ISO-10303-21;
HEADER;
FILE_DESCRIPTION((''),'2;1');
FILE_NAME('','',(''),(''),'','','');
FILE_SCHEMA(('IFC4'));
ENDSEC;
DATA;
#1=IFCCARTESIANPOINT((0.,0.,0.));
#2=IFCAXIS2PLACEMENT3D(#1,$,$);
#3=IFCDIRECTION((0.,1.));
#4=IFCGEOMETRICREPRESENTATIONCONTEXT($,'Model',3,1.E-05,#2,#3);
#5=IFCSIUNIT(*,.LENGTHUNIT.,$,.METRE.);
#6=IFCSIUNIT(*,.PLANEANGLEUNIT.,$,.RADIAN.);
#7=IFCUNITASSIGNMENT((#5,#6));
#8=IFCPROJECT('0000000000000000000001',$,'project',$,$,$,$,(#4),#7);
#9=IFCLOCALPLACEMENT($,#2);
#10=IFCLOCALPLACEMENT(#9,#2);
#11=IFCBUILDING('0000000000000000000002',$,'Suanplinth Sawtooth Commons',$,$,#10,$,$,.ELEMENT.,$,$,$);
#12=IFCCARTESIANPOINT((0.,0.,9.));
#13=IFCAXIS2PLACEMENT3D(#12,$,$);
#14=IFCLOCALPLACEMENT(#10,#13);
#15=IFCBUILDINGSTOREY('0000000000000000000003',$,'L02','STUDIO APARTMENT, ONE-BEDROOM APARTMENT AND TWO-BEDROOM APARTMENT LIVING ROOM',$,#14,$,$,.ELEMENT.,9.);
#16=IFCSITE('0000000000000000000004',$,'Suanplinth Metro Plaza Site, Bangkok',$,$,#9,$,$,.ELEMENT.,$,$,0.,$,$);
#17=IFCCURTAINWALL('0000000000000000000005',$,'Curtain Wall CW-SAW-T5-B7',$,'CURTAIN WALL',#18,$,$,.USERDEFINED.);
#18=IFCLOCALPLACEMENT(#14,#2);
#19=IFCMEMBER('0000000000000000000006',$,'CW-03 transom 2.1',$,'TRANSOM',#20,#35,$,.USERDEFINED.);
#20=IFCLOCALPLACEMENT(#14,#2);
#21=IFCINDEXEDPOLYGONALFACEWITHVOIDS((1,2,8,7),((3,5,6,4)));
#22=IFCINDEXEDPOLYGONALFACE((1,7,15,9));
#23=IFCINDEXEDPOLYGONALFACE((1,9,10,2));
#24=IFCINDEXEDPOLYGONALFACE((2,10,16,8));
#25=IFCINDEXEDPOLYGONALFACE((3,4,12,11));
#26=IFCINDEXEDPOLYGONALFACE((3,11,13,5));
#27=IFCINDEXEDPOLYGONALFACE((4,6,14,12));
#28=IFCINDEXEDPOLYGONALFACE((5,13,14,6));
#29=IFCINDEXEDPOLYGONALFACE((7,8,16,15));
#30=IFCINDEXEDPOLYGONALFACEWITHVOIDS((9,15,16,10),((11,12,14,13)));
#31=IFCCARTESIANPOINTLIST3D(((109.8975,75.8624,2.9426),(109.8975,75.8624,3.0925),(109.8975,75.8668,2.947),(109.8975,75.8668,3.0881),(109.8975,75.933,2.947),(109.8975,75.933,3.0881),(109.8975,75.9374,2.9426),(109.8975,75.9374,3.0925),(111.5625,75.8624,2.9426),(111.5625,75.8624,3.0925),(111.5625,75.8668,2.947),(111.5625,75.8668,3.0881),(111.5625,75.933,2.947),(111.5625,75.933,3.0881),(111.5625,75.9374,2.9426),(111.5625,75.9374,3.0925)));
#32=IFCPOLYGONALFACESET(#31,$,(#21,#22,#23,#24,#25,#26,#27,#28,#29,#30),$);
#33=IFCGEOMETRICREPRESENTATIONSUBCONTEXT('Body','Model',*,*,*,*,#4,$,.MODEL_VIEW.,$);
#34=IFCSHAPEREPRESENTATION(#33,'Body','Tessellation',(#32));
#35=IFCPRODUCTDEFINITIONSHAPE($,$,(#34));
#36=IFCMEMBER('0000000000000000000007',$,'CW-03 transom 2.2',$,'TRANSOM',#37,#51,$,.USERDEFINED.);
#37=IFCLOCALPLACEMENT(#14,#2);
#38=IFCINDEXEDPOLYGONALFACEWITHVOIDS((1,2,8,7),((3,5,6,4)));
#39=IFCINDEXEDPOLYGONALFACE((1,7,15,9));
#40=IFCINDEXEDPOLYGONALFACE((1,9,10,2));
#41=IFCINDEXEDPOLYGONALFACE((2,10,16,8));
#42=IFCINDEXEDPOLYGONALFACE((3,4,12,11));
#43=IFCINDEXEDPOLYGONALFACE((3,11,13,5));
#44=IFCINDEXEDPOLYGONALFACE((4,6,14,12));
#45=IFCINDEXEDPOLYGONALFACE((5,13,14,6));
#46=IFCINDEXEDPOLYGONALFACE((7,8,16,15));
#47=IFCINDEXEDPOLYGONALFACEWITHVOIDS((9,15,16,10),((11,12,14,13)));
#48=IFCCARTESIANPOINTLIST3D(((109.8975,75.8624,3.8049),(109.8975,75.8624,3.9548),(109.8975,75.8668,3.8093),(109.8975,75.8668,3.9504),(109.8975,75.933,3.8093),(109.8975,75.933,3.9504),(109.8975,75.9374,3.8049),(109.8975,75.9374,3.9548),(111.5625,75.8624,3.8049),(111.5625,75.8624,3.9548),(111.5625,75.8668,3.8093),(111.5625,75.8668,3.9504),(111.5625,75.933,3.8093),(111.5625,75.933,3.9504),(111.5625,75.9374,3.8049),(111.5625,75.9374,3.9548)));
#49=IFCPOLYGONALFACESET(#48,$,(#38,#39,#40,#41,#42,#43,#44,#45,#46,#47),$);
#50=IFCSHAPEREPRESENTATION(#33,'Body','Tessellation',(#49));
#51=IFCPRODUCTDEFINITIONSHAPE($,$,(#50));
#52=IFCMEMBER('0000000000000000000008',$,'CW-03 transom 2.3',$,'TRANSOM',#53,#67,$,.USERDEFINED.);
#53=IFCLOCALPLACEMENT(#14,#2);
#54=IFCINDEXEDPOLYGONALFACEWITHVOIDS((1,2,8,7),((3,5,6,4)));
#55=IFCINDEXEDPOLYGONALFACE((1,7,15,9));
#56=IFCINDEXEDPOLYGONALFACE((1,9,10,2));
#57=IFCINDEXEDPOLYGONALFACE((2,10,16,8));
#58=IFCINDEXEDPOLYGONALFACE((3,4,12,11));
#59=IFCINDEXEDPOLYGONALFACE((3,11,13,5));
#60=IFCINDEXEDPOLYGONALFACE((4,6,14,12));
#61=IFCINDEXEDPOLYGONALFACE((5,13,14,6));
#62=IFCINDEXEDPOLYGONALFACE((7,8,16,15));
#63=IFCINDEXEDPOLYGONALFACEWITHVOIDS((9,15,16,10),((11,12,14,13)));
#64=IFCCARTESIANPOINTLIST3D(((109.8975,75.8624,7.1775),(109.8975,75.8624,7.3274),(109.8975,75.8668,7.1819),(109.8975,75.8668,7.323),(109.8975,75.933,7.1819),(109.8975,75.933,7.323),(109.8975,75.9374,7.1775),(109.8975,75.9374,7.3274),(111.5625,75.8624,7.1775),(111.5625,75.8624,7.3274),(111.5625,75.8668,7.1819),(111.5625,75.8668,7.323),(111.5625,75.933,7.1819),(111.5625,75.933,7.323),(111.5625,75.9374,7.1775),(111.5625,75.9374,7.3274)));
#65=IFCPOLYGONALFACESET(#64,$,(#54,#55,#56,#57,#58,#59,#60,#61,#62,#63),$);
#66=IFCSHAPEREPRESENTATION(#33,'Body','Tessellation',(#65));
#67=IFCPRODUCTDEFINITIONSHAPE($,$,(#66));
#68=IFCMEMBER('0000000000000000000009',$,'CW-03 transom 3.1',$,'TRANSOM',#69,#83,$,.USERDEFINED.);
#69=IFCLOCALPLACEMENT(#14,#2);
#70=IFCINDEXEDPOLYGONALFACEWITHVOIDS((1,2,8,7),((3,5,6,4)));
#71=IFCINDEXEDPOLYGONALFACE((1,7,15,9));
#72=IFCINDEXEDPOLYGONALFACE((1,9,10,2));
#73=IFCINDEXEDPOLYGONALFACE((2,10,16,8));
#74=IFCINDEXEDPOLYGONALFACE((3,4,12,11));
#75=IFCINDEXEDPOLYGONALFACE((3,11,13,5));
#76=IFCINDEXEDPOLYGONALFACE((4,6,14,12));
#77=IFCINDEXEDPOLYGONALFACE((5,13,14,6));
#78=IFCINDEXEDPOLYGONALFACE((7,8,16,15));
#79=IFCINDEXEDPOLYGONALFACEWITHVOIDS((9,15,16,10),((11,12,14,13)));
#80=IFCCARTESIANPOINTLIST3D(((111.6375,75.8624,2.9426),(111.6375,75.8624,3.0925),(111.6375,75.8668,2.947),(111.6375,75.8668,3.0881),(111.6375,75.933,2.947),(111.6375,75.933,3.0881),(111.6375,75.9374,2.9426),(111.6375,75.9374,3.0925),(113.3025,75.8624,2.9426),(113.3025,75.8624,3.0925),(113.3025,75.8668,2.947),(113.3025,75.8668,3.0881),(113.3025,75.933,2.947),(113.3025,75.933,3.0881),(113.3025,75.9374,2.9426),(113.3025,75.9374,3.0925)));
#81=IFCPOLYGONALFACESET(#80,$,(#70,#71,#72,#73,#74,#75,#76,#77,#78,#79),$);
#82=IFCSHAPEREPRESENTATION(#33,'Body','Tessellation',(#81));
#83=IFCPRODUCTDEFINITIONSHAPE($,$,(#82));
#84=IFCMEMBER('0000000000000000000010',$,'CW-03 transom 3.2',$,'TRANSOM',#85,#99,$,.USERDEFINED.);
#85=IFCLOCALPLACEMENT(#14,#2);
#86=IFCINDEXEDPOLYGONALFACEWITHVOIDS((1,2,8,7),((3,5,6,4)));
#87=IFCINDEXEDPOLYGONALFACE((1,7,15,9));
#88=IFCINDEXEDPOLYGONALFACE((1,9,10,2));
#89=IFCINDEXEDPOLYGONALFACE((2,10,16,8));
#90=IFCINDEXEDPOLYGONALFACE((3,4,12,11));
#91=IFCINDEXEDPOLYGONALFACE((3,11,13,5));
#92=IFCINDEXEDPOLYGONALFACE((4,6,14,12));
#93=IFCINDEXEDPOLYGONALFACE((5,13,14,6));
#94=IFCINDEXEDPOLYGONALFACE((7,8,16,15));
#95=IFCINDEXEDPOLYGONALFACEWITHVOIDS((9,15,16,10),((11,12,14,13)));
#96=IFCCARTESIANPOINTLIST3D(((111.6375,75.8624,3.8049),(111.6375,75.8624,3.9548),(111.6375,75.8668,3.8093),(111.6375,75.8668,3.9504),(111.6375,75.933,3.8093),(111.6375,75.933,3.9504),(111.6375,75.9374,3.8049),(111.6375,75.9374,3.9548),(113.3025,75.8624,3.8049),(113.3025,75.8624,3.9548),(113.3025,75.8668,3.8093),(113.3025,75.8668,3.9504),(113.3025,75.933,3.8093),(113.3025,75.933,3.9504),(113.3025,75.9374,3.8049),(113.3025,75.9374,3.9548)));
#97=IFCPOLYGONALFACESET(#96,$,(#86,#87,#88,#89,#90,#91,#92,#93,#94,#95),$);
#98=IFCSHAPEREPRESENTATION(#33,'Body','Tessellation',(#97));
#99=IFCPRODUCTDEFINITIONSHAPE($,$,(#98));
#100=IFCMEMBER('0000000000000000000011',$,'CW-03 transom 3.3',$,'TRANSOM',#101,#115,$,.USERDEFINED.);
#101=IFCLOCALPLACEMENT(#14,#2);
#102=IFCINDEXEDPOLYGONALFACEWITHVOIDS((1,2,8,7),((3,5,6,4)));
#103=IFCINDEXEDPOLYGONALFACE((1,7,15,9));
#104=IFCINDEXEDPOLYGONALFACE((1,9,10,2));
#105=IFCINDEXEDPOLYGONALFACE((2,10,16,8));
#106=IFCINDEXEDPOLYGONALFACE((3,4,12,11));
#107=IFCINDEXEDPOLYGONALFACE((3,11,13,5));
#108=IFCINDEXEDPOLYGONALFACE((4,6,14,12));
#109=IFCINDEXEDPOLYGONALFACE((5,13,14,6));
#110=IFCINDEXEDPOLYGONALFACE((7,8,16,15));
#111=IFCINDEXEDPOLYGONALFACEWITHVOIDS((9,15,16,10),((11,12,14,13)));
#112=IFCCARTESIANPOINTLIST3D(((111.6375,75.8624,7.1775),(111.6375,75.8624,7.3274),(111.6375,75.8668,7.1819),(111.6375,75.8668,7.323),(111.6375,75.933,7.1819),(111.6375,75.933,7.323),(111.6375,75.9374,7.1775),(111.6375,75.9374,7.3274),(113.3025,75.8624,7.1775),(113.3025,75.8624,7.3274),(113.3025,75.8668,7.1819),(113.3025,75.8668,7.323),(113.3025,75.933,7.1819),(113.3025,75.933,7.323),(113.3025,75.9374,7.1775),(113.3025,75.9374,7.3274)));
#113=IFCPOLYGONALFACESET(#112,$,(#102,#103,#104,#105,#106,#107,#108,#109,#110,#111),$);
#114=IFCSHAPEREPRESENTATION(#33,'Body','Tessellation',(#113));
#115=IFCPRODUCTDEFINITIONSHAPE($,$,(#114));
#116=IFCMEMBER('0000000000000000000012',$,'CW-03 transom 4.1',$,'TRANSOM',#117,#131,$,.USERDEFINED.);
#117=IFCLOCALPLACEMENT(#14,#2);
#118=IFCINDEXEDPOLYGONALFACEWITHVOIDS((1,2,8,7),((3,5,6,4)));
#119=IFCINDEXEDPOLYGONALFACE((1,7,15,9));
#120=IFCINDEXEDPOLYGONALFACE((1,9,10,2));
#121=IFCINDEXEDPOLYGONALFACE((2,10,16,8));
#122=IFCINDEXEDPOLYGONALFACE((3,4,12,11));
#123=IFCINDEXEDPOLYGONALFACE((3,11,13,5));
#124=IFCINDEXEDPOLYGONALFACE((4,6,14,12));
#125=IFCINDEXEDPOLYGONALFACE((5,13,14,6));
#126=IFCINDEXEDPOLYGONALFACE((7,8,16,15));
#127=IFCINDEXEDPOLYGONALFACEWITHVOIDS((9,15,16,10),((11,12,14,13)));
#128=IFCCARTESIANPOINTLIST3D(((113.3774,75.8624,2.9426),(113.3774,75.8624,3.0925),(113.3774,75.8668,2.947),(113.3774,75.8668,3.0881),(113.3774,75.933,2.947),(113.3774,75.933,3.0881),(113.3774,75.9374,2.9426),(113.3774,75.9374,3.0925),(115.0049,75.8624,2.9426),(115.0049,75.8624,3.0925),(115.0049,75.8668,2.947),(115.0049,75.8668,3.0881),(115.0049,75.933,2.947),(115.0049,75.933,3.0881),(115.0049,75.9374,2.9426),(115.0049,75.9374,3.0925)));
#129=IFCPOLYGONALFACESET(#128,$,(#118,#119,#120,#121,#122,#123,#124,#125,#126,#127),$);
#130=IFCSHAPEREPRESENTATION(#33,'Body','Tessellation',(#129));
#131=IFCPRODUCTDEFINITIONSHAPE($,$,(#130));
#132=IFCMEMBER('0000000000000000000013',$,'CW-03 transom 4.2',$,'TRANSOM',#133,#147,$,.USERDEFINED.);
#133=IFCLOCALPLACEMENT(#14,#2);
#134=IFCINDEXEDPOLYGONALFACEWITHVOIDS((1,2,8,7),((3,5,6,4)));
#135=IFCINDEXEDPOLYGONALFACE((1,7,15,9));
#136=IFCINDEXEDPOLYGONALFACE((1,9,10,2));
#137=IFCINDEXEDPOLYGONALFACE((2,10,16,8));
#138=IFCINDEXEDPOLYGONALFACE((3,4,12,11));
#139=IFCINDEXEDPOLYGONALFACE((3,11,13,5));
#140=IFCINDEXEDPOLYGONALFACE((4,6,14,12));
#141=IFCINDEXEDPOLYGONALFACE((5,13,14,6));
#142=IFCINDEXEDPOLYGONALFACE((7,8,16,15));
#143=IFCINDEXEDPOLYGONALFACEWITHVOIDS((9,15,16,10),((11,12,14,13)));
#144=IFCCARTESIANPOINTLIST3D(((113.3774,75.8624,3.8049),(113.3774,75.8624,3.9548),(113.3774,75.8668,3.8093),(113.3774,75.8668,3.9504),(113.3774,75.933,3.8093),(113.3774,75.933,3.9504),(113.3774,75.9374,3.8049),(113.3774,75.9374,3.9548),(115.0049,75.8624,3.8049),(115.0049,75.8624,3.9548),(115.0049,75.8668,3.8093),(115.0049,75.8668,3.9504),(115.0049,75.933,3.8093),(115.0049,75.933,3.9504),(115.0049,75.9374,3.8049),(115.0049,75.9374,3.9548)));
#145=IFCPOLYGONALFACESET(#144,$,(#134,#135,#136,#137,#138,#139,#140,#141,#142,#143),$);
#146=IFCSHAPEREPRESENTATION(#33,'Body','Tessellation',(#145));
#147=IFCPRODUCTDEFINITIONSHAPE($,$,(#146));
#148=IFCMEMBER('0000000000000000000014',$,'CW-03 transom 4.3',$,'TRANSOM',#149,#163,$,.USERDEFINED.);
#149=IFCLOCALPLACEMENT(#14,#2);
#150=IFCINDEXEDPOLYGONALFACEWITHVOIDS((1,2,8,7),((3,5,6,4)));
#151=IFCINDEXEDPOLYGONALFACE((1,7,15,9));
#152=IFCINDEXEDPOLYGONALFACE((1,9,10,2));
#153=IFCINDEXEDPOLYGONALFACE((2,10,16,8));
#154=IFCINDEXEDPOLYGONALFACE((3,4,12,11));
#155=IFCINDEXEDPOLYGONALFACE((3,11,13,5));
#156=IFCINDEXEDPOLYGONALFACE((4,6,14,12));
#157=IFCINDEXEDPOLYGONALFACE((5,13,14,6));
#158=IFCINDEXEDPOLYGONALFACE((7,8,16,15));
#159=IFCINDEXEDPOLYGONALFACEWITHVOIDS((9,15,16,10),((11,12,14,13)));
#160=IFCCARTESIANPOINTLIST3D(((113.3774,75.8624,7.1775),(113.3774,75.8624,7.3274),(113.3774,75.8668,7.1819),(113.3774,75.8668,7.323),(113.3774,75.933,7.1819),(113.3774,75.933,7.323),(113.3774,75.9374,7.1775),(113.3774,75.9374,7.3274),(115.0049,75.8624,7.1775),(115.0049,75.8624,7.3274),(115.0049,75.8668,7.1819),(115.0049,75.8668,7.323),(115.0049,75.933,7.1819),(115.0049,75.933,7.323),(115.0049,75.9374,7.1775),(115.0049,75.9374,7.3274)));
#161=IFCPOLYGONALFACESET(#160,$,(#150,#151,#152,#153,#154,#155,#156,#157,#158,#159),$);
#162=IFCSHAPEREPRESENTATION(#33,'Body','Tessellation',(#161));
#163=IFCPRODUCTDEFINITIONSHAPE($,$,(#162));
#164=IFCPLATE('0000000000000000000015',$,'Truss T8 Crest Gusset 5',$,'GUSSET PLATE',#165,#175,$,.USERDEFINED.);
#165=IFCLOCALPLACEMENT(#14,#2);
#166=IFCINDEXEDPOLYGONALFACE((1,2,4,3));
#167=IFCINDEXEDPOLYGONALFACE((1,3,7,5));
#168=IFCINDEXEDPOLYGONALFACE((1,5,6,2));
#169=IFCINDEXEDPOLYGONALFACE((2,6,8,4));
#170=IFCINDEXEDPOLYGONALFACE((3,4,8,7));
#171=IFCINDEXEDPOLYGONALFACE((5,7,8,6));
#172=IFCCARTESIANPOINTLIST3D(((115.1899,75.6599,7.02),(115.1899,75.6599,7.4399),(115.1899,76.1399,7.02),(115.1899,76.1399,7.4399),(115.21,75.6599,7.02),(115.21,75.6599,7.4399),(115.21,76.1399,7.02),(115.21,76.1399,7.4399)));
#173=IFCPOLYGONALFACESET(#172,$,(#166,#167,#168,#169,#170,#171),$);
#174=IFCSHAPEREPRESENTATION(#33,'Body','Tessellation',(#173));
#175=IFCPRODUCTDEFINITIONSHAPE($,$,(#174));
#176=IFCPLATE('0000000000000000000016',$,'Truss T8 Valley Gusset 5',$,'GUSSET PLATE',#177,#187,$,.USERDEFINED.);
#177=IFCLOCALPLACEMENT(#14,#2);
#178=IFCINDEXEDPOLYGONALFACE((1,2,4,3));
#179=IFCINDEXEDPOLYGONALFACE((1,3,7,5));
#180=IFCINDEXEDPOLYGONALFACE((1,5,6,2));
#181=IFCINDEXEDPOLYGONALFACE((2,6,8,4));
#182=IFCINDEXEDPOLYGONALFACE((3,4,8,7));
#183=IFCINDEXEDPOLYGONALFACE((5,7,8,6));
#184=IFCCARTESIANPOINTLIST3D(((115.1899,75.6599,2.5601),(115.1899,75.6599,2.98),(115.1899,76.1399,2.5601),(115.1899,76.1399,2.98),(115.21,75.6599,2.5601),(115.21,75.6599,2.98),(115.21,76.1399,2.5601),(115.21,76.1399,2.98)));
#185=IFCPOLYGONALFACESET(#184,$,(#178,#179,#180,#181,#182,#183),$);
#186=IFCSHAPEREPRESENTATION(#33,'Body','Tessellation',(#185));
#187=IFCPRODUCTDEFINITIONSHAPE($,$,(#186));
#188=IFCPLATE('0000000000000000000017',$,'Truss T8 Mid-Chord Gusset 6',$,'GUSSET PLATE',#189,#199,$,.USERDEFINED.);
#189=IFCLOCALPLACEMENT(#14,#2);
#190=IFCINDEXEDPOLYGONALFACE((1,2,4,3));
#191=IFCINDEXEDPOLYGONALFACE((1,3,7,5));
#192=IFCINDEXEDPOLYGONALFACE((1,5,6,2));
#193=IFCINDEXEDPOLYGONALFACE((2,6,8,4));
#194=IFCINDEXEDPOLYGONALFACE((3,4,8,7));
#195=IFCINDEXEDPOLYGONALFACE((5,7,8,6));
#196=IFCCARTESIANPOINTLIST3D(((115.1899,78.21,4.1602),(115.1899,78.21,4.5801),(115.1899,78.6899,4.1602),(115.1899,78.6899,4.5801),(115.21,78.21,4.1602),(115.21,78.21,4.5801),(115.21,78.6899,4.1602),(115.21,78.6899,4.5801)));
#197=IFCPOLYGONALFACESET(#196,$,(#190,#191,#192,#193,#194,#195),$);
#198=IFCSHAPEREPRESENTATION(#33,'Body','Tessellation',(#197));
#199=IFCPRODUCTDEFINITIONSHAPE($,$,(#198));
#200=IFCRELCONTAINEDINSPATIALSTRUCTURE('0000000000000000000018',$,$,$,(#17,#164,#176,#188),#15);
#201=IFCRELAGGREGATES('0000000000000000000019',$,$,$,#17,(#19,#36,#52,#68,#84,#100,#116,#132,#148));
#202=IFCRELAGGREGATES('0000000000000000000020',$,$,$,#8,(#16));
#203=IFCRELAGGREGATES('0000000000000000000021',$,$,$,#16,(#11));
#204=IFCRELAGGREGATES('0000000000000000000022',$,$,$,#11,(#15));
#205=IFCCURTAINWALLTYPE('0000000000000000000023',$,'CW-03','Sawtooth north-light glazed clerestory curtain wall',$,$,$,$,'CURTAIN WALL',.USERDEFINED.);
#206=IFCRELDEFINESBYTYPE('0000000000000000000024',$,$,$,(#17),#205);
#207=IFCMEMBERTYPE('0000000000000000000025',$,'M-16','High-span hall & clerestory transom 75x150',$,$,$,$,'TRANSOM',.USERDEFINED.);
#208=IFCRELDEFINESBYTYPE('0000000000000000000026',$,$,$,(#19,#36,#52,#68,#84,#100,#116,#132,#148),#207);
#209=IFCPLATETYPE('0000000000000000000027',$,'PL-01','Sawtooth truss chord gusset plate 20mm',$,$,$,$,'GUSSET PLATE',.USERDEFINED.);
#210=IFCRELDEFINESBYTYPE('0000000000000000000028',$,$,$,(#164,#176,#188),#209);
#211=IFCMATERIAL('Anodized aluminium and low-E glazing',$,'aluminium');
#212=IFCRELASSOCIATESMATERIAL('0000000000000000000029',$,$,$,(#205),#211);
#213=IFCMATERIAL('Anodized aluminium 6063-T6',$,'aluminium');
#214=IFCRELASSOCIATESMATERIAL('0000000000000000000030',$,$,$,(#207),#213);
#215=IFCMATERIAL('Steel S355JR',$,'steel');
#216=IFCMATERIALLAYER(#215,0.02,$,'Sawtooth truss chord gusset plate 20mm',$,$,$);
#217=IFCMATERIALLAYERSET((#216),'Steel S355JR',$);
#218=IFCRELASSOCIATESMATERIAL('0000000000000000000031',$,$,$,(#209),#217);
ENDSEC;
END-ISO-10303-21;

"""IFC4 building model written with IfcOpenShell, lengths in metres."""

from ifc_helpers import new_model, si_unit, direction, frame, origin, origin_2d, place, context, subcontext, project, spatial, rectangle, hollow_rectangle, extrude, material, layer, layer_set, material_profile, profile_set, type_object, element, aggregate, save


model = new_model("IFC4")

# Units and contexts
model_context = context("Model", 3, precision=1e-05, world=origin(), true_north=direction((0.0, 1.0)))
body_context = subcontext(model_context, "Body", "Model", "MODEL_VIEW")
ifc_project = project(units=[si_unit("LENGTHUNIT", "METRE"), si_unit("PLANEANGLEUNIT", "RADIAN")], contexts=[model_context])

# Site, building, storey
site_placement = place(None, origin())
site = spatial("IfcSite", under=ifc_project, at=site_placement, Name="Suanplinth Metro Plaza Site, Bangkok", CompositionType="ELEMENT", RefElevation=0.0)
building_placement = place(site_placement, origin())
building = spatial("IfcBuilding", under=site, at=building_placement, Name="Suanplinth Sawtooth Commons", CompositionType="ELEMENT")
storey_placement = place(building_placement, frame((0.0, 0.0, 9.0)))
storey = spatial("IfcBuildingStorey", under=building, at=storey_placement, Name="L02", Description="STUDIO APARTMENT, ONE-BEDROOM APARTMENT AND TWO-BEDROOM APARTMENT LIVING ROOM", CompositionType="ELEMENT", Elevation=9.0)

# Shared definitions
ifc_material_1 = material(Name="Steel S355JR", Category="steel")

# Curtain wall, members
ifc_material_2 = material(Name="Anodized aluminium and low-E glazing", Category="aluminium")
curtain_wall_type = type_object("IfcCurtainWallType", Name="CW-03", Description="Sawtooth north-light glazed clerestory curtain wall", ElementType="CURTAIN WALL", PredefinedType="USERDEFINED", material=ifc_material_2)
curtain_wall_placement = place(storey_placement, origin())
curtain_wall = element("IfcCurtainWall", 1, at=curtain_wall_placement, inside=storey, type_object=curtain_wall_type, Name="Curtain Wall CW-SAW-T5-B7", ObjectType="CURTAIN WALL", PredefinedType="USERDEFINED")
ifc_material_3 = material(Name="Anodized aluminium 6063-T6", Category="aluminium")
ifc_material_profile_1 = material_profile(ifc_material_3, hollow_rectangle(XDim=0.075, YDim=0.1499, WallThickness=0.0044, at=origin_2d()), Name="ALU-TRN 75x150")
ifc_profile_set_1 = profile_set([ifc_material_profile_1], Name="Anodized aluminium 6063-T6")
member_type_1 = type_object("IfcMemberType", Name="M-16", Description="High-span hall & clerestory transom 75x150", ElementType="TRANSOM", PredefinedType="USERDEFINED", material=ifc_profile_set_1)
member_1_placement = place(storey_placement, frame((109.8975, 75.8999, 3.0176), z_axis=(1.0, 0.0, 0.0), x_axis=(0.0, 1.0, 0.0)))
member_1 = element("IfcMember", 2, at=member_1_placement, type_object=member_type_1, Name="CW-03 transom 2.1", ObjectType="TRANSOM", PredefinedType="USERDEFINED", context=body_context, shape_type="SweptSolid", body=[
    extrude(hollow_rectangle(XDim=0.075, YDim=0.1499, WallThickness=0.0044, at=origin_2d()), origin(), (0.0, 0.0, 1.0), 1.665),
])
member_2_placement = place(storey_placement, frame((109.8975, 75.8999, 3.8799), z_axis=(1.0, 0.0, 0.0), x_axis=(0.0, 1.0, 0.0)))
member_2 = element("IfcMember", 3, at=member_2_placement, type_object=member_type_1, Name="CW-03 transom 2.2", ObjectType="TRANSOM", PredefinedType="USERDEFINED", context=body_context, shape_type="SweptSolid", body=[
    extrude(hollow_rectangle(XDim=0.075, YDim=0.1499, WallThickness=0.0044, at=origin_2d()), origin(), (0.0, 0.0, 1.0), 1.665),
])
member_3_placement = place(storey_placement, frame((109.8975, 75.8999, 7.2524), z_axis=(1.0, 0.0, 0.0), x_axis=(0.0, 1.0, 0.0)))
member_3 = element("IfcMember", 4, at=member_3_placement, type_object=member_type_1, Name="CW-03 transom 2.3", ObjectType="TRANSOM", PredefinedType="USERDEFINED", context=body_context, shape_type="SweptSolid", body=[
    extrude(hollow_rectangle(XDim=0.075, YDim=0.1499, WallThickness=0.0044, at=origin_2d()), origin(), (0.0, 0.0, 1.0), 1.665),
])
member_4_placement = place(storey_placement, frame((111.6375, 75.8999, 3.0176), z_axis=(1.0, 0.0, 0.0), x_axis=(0.0, 1.0, 0.0)))
member_4 = element("IfcMember", 5, at=member_4_placement, type_object=member_type_1, Name="CW-03 transom 3.1", ObjectType="TRANSOM", PredefinedType="USERDEFINED", context=body_context, shape_type="SweptSolid", body=[
    extrude(hollow_rectangle(XDim=0.075, YDim=0.1499, WallThickness=0.0044, at=origin_2d()), origin(), (0.0, 0.0, 1.0), 1.665),
])
member_5_placement = place(storey_placement, frame((111.6375, 75.8999, 3.8799), z_axis=(1.0, 0.0, 0.0), x_axis=(0.0, 1.0, 0.0)))
member_5 = element("IfcMember", 6, at=member_5_placement, type_object=member_type_1, Name="CW-03 transom 3.2", ObjectType="TRANSOM", PredefinedType="USERDEFINED", context=body_context, shape_type="SweptSolid", body=[
    extrude(hollow_rectangle(XDim=0.075, YDim=0.1499, WallThickness=0.0044, at=origin_2d()), origin(), (0.0, 0.0, 1.0), 1.665),
])
member_6_placement = place(storey_placement, frame((111.6375, 75.8999, 7.2524), z_axis=(1.0, 0.0, 0.0), x_axis=(0.0, 1.0, 0.0)))
member_6 = element("IfcMember", 7, at=member_6_placement, type_object=member_type_1, Name="CW-03 transom 3.3", ObjectType="TRANSOM", PredefinedType="USERDEFINED", context=body_context, shape_type="SweptSolid", body=[
    extrude(hollow_rectangle(XDim=0.075, YDim=0.1499, WallThickness=0.0044, at=origin_2d()), origin(), (0.0, 0.0, 1.0), 1.665),
])
member_7_placement = place(storey_placement, frame((113.3774, 75.8999, 3.0176), z_axis=(1.0, 0.0, 0.0), x_axis=(0.0, 1.0, 0.0)))
member_7 = element("IfcMember", 8, at=member_7_placement, type_object=member_type_1, Name="CW-03 transom 4.1", ObjectType="TRANSOM", PredefinedType="USERDEFINED", context=body_context, shape_type="SweptSolid", body=[
    extrude(hollow_rectangle(XDim=0.075, YDim=0.1499, WallThickness=0.0044, at=origin_2d()), origin(), (0.0, 0.0, 1.0), 1.6274),
])
member_8_placement = place(storey_placement, frame((113.3774, 75.8999, 3.8799), z_axis=(1.0, 0.0, 0.0), x_axis=(0.0, 1.0, 0.0)))
member_8 = element("IfcMember", 9, at=member_8_placement, type_object=member_type_1, Name="CW-03 transom 4.2", ObjectType="TRANSOM", PredefinedType="USERDEFINED", context=body_context, shape_type="SweptSolid", body=[
    extrude(hollow_rectangle(XDim=0.075, YDim=0.1499, WallThickness=0.0044, at=origin_2d()), origin(), (0.0, 0.0, 1.0), 1.6274),
])
member_9_placement = place(storey_placement, frame((113.3774, 75.8999, 7.2524), z_axis=(1.0, 0.0, 0.0), x_axis=(0.0, 1.0, 0.0)))
member_9 = element("IfcMember", 10, at=member_9_placement, type_object=member_type_1, Name="CW-03 transom 4.3", ObjectType="TRANSOM", PredefinedType="USERDEFINED", context=body_context, shape_type="SweptSolid", body=[
    extrude(hollow_rectangle(XDim=0.075, YDim=0.1499, WallThickness=0.0044, at=origin_2d()), origin(), (0.0, 0.0, 1.0), 1.6274),
])

# Plates
ifc_layer_1 = layer(ifc_material_1, 0.02, Name="Sawtooth truss chord gusset plate 20mm")
ifc_layer_set_1 = layer_set([ifc_layer_1], Name="Steel S355JR")
plate_type_1 = type_object("IfcPlateType", Name="PL-01", Description="Sawtooth truss chord gusset plate 20mm", ElementType="GUSSET PLATE", PredefinedType="USERDEFINED", material=ifc_layer_set_1)
for number, where, z_axis, x_axis, name in (
    (11, (115.2, 75.8999, 7.02), (0.0, 0.0, 1.0), (1.0, 0.0, 0.0), "Truss T8 Crest Gusset 5"),
    (12, (115.2, 75.8999, 2.5601), (0.0, 0.0, 1.0), (1.0, 0.0, 0.0), "Truss T8 Valley Gusset 5"),
    (13, (115.2, 78.45, 4.1602), (0.0, 0.0, 1.0), (1.0, 0.0, 0.0), "Truss T8 Mid-Chord Gusset 6"),
):
    element("IfcPlate", number, at=place(storey_placement, frame(where, z_axis=z_axis, x_axis=x_axis)), inside=storey, type_object=plate_type_1, Name=name, ObjectType="GUSSET PLATE", PredefinedType="USERDEFINED", context=body_context, shape_type="SweptSolid", body=[
        extrude(rectangle(XDim=0.02, YDim=0.48, at=origin_2d()), origin(), (0.0, 0.0, 1.0), 0.4199),
    ])

aggregate(curtain_wall, [member_1, member_2, member_3, member_4, member_5, member_6, member_7, member_8, member_9])

save(model, "model.ifc")
